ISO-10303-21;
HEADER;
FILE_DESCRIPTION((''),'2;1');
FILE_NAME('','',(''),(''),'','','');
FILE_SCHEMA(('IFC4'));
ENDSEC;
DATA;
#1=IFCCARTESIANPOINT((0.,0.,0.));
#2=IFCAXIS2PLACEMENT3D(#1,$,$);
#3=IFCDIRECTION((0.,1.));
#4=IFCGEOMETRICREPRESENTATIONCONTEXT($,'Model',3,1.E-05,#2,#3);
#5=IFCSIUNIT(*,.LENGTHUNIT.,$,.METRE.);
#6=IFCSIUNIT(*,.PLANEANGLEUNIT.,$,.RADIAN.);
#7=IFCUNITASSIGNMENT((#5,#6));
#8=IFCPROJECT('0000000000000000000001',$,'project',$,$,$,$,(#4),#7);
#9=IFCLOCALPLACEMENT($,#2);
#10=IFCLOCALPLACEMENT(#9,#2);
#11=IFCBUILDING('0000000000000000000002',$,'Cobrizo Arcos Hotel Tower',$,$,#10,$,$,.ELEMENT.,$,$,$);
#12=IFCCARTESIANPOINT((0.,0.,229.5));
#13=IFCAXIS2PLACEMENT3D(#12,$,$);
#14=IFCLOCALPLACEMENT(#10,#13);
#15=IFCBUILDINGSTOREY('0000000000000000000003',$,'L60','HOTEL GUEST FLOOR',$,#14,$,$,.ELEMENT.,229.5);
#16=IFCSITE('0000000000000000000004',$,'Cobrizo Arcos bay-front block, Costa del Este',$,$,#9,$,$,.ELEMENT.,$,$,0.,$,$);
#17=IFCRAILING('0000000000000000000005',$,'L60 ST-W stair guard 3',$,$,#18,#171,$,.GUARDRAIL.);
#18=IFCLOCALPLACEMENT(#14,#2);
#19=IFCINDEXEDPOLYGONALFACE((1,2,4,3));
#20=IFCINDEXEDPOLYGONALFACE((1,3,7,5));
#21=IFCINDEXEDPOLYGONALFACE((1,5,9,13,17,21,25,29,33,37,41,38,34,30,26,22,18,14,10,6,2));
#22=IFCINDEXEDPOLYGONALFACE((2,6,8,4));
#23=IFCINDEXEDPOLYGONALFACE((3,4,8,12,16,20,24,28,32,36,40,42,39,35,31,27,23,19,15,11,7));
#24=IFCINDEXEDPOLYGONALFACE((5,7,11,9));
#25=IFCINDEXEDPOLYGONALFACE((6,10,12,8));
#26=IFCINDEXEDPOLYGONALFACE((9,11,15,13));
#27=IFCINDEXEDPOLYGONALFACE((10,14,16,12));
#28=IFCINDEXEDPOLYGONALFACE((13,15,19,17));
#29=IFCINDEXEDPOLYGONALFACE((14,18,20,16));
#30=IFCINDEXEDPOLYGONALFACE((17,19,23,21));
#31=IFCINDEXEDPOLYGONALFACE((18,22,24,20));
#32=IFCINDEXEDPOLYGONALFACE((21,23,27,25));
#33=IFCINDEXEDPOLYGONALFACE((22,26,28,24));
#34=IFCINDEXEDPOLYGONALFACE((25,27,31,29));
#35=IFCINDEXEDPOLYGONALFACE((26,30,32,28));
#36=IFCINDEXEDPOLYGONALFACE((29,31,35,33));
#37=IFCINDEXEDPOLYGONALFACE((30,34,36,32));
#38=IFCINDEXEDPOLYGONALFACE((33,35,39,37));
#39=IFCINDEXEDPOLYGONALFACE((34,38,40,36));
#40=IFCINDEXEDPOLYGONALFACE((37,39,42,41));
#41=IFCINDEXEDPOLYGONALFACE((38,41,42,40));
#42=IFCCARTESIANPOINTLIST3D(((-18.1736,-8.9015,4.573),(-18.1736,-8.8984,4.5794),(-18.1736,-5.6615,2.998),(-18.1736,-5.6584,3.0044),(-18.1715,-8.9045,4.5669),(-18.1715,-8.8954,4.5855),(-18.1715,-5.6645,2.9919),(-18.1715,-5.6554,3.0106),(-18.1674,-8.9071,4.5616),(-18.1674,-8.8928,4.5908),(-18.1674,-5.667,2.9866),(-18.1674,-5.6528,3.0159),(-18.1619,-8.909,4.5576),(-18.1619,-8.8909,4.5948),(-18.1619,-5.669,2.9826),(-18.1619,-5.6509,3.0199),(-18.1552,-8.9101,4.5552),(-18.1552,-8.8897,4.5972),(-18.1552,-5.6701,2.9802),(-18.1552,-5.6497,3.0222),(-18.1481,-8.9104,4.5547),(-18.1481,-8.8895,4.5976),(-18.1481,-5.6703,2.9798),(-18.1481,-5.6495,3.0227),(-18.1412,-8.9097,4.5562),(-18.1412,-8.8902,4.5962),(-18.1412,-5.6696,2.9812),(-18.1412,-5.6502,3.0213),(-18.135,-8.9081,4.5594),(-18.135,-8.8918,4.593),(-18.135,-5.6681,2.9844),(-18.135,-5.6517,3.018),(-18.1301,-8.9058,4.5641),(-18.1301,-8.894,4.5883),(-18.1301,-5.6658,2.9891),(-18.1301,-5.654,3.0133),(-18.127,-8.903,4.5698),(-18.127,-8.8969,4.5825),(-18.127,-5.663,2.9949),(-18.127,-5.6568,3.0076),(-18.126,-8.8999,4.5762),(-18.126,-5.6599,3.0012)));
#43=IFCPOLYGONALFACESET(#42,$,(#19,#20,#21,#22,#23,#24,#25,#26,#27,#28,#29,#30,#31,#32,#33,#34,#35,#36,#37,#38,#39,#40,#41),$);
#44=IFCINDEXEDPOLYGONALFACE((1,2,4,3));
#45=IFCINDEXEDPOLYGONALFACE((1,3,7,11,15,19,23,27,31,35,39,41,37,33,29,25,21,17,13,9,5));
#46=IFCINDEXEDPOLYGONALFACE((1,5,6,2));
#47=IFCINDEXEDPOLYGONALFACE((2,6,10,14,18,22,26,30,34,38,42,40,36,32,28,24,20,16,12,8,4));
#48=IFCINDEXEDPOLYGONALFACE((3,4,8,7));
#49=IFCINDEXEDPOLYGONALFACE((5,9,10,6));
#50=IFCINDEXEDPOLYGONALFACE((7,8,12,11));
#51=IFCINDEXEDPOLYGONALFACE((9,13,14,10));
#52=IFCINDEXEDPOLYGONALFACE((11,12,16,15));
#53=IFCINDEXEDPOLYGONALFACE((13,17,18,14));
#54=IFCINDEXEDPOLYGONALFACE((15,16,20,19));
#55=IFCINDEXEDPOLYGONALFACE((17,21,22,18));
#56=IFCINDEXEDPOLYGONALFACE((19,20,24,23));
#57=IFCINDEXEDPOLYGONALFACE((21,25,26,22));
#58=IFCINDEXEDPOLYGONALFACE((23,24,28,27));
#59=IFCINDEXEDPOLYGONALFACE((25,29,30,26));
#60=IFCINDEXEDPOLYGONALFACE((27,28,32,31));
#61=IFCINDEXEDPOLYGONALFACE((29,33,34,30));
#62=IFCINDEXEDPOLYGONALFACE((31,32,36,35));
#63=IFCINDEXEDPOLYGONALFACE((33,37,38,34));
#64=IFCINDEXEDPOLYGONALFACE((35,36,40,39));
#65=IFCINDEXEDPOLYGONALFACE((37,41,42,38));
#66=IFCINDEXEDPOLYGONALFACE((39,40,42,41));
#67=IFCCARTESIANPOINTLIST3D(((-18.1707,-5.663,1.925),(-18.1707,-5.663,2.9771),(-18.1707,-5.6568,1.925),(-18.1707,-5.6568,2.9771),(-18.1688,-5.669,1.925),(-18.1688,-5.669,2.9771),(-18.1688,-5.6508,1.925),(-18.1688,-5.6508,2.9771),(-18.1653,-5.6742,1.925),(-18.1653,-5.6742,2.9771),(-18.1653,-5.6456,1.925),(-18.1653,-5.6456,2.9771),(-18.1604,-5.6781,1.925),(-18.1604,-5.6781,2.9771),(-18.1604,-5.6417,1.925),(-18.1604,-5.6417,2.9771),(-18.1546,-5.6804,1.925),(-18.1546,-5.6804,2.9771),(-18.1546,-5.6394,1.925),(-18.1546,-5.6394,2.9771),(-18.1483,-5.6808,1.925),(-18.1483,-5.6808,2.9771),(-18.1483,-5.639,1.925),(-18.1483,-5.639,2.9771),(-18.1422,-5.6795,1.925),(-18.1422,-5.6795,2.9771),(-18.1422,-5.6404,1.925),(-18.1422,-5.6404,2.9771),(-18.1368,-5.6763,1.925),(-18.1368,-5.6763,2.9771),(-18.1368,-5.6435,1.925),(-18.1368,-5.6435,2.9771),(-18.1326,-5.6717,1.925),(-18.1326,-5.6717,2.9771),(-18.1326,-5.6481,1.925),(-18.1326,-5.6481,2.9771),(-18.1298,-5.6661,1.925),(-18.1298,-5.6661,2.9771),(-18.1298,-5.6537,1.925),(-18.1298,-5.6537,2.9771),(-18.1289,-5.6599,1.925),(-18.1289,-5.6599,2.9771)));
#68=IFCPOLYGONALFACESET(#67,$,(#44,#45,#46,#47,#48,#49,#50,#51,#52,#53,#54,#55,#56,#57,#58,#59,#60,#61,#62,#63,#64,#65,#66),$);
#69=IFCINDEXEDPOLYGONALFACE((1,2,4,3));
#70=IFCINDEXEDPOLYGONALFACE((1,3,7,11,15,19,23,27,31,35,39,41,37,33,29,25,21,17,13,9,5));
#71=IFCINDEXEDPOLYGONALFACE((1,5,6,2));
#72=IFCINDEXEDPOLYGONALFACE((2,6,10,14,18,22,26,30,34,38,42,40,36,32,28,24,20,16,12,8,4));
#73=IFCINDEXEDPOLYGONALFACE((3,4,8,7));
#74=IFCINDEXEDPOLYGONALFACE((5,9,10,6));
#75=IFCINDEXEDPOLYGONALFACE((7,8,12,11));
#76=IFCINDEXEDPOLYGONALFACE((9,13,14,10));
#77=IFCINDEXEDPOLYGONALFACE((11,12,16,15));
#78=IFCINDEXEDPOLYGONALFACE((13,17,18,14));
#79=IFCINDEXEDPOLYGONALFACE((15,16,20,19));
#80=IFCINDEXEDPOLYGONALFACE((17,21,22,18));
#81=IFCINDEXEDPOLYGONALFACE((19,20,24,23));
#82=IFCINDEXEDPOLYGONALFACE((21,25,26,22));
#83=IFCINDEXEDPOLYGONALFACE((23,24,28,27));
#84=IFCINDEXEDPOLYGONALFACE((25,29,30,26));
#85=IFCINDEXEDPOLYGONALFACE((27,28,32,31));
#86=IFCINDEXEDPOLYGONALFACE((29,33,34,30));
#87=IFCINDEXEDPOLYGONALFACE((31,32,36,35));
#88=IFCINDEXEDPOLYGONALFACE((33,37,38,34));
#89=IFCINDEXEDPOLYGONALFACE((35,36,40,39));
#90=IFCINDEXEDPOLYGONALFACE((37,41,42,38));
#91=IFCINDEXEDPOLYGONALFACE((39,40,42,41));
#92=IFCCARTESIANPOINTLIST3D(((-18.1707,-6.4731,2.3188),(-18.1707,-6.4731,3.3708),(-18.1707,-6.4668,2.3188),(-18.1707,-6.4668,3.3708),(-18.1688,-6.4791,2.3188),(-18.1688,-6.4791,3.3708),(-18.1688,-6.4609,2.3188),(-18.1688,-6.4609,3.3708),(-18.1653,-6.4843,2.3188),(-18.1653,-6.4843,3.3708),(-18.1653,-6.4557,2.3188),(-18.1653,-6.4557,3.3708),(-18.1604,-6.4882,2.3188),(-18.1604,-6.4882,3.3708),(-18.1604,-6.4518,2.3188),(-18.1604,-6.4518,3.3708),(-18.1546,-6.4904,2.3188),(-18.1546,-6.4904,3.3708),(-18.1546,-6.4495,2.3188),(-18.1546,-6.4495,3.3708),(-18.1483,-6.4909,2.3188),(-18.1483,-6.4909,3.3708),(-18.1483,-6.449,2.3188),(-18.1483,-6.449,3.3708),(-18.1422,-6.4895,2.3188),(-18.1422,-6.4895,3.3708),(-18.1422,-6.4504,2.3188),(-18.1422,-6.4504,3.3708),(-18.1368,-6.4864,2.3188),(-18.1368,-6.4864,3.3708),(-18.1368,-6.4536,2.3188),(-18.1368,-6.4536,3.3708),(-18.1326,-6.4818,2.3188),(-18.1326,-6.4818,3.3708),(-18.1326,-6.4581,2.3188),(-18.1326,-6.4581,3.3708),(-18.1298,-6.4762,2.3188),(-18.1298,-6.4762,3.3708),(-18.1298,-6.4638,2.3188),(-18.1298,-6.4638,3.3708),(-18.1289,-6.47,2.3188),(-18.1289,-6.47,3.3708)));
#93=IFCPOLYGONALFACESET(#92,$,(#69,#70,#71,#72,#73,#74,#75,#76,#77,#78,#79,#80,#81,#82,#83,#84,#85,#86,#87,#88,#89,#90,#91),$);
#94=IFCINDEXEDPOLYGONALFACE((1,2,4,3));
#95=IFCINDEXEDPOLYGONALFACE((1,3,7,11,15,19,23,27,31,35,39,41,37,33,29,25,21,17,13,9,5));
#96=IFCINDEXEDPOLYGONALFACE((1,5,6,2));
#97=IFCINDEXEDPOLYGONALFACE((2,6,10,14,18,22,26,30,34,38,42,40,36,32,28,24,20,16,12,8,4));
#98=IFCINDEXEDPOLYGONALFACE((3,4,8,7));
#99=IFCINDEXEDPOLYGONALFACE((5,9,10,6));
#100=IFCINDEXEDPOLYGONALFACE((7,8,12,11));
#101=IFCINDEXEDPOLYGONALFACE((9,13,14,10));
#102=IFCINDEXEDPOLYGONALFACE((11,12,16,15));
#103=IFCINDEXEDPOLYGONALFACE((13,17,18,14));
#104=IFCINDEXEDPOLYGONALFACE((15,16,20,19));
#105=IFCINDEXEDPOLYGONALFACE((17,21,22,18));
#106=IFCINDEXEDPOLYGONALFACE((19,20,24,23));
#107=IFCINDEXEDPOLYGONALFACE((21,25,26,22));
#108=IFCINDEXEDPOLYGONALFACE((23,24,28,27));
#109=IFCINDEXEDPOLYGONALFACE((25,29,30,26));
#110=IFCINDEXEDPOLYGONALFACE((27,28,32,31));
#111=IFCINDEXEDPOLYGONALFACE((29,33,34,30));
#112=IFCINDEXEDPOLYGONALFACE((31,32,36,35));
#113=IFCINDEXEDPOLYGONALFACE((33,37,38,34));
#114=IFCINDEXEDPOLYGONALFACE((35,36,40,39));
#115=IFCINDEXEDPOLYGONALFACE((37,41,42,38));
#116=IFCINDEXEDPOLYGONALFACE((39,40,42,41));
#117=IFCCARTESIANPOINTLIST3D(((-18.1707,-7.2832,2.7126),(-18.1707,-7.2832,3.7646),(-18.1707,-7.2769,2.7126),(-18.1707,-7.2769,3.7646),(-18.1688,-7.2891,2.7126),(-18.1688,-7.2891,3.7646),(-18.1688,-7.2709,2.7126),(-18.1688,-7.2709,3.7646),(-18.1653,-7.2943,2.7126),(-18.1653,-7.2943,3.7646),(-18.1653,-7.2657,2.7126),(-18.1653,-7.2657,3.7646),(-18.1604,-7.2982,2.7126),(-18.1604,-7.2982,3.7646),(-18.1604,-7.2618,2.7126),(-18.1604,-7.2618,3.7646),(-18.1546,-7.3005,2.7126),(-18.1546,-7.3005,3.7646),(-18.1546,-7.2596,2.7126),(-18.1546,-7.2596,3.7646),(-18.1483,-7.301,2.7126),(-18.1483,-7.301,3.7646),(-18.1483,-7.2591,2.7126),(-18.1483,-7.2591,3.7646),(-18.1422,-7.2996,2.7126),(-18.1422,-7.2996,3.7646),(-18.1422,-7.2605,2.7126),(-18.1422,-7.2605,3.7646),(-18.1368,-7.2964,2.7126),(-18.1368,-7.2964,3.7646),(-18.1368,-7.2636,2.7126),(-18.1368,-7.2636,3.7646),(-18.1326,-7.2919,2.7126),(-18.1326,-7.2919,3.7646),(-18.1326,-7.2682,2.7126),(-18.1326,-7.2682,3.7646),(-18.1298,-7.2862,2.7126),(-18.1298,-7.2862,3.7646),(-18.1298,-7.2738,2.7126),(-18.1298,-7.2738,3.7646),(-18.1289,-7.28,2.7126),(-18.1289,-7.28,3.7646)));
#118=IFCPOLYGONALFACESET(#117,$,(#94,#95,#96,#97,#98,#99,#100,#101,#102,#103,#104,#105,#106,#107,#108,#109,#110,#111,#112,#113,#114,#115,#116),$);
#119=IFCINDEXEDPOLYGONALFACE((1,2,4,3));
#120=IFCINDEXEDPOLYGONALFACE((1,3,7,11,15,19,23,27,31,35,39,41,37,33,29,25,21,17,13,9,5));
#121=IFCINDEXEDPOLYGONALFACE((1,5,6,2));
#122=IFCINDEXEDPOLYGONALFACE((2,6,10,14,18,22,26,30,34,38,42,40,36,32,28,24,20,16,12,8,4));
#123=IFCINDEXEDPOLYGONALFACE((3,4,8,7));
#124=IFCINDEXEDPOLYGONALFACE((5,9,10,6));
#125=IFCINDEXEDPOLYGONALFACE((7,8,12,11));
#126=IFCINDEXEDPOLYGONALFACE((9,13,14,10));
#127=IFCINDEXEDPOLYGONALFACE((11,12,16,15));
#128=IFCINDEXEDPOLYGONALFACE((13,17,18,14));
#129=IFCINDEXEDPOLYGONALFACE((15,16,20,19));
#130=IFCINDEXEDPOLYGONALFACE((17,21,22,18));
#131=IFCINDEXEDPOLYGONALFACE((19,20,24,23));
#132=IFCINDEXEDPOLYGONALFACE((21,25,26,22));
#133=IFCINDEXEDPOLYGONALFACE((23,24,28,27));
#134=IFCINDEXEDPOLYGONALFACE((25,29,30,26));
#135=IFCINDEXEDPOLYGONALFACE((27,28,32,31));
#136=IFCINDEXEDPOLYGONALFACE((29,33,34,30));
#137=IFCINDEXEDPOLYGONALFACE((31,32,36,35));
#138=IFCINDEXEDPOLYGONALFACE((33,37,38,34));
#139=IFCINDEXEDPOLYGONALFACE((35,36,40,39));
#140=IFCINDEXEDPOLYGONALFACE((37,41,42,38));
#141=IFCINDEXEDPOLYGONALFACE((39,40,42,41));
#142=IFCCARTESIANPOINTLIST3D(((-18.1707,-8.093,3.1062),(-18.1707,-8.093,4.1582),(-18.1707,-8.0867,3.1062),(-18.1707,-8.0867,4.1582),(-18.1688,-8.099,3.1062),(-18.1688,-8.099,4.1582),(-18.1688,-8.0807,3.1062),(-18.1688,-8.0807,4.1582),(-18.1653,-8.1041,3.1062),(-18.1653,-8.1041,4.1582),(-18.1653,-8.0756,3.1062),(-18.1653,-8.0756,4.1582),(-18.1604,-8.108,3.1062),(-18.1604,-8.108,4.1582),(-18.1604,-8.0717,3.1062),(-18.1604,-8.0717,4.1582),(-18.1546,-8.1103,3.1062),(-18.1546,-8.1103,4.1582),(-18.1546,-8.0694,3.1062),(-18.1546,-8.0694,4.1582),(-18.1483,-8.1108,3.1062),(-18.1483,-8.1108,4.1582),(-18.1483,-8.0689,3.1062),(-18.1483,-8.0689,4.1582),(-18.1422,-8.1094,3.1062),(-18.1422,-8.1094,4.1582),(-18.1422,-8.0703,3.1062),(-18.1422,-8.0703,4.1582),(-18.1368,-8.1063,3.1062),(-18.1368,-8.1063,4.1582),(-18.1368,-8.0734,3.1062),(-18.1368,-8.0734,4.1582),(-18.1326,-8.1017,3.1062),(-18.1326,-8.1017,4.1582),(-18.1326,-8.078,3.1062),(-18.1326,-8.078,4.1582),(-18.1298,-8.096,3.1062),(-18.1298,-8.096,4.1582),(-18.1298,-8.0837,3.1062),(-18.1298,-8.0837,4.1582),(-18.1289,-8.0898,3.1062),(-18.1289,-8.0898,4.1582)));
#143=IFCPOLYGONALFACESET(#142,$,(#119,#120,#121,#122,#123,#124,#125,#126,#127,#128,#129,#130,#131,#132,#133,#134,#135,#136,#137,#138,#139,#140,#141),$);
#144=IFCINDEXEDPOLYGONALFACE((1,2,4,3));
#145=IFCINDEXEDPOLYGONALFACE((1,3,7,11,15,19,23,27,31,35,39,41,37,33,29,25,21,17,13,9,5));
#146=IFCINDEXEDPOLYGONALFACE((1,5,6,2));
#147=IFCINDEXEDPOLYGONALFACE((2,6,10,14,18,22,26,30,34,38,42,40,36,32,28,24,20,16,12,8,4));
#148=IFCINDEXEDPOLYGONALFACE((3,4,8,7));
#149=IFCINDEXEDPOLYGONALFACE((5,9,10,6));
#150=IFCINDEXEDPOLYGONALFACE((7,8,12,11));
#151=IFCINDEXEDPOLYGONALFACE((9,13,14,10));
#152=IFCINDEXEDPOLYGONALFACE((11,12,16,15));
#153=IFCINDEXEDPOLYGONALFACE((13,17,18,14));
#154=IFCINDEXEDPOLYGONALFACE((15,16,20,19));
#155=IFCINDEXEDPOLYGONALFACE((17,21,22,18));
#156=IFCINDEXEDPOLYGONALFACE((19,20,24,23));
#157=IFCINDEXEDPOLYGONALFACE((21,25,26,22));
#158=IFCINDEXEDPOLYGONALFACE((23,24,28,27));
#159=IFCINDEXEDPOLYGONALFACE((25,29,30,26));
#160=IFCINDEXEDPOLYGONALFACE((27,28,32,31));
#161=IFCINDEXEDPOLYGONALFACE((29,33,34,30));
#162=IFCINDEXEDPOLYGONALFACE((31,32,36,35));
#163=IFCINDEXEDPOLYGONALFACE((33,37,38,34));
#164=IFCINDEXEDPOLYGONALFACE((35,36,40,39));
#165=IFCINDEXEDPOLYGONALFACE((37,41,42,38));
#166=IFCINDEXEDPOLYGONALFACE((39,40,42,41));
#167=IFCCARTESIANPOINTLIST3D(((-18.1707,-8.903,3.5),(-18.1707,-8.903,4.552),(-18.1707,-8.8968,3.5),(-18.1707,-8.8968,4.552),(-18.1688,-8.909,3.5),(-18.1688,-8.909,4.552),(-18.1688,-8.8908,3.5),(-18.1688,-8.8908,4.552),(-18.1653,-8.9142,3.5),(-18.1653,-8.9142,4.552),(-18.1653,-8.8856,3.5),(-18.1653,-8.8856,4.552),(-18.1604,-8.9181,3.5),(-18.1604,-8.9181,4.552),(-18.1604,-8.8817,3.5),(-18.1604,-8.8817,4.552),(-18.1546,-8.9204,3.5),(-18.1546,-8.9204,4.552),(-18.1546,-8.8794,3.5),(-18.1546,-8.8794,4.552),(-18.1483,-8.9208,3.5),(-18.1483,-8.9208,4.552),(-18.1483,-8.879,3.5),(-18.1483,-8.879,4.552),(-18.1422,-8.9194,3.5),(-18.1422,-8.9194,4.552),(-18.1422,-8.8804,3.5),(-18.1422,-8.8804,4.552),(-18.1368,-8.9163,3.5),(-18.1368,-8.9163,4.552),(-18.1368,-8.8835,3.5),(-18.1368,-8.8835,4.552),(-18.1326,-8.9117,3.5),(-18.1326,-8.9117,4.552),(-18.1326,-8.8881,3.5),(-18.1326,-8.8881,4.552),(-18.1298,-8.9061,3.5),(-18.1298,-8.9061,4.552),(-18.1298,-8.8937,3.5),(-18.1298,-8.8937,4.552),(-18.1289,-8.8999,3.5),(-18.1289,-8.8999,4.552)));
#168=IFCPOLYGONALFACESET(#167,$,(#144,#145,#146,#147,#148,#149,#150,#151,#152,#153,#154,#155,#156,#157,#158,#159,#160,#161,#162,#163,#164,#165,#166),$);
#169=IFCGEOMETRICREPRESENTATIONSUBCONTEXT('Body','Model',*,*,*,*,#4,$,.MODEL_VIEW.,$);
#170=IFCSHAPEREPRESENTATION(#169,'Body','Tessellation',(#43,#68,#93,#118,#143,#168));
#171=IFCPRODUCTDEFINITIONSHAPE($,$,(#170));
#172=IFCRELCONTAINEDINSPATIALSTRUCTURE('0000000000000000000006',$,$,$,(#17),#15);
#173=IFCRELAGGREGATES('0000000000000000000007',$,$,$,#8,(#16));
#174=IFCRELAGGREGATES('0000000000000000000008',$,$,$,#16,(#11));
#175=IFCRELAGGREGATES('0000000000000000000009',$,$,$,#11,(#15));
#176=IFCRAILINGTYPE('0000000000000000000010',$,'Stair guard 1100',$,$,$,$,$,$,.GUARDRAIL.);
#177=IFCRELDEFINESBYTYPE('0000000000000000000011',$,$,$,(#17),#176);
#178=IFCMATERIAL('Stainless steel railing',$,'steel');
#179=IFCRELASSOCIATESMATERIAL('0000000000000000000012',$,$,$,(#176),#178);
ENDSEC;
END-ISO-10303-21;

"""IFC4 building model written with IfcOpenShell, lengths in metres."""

from ifc_helpers import new_model, si_unit, direction, frame, origin, origin_2d, place, context, subcontext, project, spatial, circle, extrude, material, type_object, element, save


model = new_model("IFC4")

# Units and contexts
model_context = context("Model", 3, precision=1e-05, world=origin(), true_north=direction((0.0, 1.0)))
body_context = subcontext(model_context, "Body", "Model", "MODEL_VIEW")
ifc_project = project(units=[si_unit("LENGTHUNIT", "METRE"), si_unit("PLANEANGLEUNIT", "RADIAN")], contexts=[model_context])

# Site, building, storey
site_placement = place(None, origin())
site = spatial("IfcSite", under=ifc_project, at=site_placement, Name="Cobrizo Arcos bay-front block, Costa del Este", CompositionType="ELEMENT", RefElevation=0.0)
building_placement = place(site_placement, origin())
building = spatial("IfcBuilding", under=site, at=building_placement, Name="Cobrizo Arcos Hotel Tower", CompositionType="ELEMENT")
storey_placement = place(building_placement, frame((0.0, 0.0, 229.5)))
storey = spatial("IfcBuildingStorey", under=building, at=storey_placement, Name="L60", Description="HOTEL GUEST FLOOR", CompositionType="ELEMENT", Elevation=229.5)

# Railing
ifc_material_1 = material(Name="Stainless steel railing", Category="steel")
railing_type_1 = type_object("IfcRailingType", Name="Stair guard 1100", PredefinedType="GUARDRAIL", material=ifc_material_1)
railing_1_placement = place(storey_placement, frame((-18.1499, -5.6599, 1.925)))
element("IfcRailing", 1, at=railing_1_placement, inside=storey, type_object=railing_type_1, Name="L60 ST-W stair guard 3", PredefinedType="GUARDRAIL", context=body_context, shape_type="SweptSolid", body=[
    extrude(circle(Radius=0.0239, at=origin_2d()), frame((0.0, 0.0, 1.0762), z_axis=(0.0, -0.899373, 0.437183), x_axis=(1.0, 0.0, 0.0)), (0.0, 0.0, 1.0), 3.6025),
    extrude(circle(Radius=0.021, at=origin_2d()), origin(), (0.0, 0.0, 1.0), 1.052),
    extrude(circle(Radius=0.021, at=origin_2d()), frame((0.0, -0.8101, 0.3938)), (0.0, 0.0, 1.0), 1.052),
    extrude(circle(Radius=0.021, at=origin_2d()), frame((0.0, -1.6201, 0.7876)), (0.0, 0.0, 1.0), 1.052),
    extrude(circle(Radius=0.021, at=origin_2d()), frame((0.0, -2.4299, 1.1812)), (0.0, 0.0, 1.0), 1.052),
    extrude(circle(Radius=0.021, at=origin_2d()), frame((0.0, -3.24, 1.575)), (0.0, 0.0, 1.0), 1.052),
])

save(model, "model.ifc")
